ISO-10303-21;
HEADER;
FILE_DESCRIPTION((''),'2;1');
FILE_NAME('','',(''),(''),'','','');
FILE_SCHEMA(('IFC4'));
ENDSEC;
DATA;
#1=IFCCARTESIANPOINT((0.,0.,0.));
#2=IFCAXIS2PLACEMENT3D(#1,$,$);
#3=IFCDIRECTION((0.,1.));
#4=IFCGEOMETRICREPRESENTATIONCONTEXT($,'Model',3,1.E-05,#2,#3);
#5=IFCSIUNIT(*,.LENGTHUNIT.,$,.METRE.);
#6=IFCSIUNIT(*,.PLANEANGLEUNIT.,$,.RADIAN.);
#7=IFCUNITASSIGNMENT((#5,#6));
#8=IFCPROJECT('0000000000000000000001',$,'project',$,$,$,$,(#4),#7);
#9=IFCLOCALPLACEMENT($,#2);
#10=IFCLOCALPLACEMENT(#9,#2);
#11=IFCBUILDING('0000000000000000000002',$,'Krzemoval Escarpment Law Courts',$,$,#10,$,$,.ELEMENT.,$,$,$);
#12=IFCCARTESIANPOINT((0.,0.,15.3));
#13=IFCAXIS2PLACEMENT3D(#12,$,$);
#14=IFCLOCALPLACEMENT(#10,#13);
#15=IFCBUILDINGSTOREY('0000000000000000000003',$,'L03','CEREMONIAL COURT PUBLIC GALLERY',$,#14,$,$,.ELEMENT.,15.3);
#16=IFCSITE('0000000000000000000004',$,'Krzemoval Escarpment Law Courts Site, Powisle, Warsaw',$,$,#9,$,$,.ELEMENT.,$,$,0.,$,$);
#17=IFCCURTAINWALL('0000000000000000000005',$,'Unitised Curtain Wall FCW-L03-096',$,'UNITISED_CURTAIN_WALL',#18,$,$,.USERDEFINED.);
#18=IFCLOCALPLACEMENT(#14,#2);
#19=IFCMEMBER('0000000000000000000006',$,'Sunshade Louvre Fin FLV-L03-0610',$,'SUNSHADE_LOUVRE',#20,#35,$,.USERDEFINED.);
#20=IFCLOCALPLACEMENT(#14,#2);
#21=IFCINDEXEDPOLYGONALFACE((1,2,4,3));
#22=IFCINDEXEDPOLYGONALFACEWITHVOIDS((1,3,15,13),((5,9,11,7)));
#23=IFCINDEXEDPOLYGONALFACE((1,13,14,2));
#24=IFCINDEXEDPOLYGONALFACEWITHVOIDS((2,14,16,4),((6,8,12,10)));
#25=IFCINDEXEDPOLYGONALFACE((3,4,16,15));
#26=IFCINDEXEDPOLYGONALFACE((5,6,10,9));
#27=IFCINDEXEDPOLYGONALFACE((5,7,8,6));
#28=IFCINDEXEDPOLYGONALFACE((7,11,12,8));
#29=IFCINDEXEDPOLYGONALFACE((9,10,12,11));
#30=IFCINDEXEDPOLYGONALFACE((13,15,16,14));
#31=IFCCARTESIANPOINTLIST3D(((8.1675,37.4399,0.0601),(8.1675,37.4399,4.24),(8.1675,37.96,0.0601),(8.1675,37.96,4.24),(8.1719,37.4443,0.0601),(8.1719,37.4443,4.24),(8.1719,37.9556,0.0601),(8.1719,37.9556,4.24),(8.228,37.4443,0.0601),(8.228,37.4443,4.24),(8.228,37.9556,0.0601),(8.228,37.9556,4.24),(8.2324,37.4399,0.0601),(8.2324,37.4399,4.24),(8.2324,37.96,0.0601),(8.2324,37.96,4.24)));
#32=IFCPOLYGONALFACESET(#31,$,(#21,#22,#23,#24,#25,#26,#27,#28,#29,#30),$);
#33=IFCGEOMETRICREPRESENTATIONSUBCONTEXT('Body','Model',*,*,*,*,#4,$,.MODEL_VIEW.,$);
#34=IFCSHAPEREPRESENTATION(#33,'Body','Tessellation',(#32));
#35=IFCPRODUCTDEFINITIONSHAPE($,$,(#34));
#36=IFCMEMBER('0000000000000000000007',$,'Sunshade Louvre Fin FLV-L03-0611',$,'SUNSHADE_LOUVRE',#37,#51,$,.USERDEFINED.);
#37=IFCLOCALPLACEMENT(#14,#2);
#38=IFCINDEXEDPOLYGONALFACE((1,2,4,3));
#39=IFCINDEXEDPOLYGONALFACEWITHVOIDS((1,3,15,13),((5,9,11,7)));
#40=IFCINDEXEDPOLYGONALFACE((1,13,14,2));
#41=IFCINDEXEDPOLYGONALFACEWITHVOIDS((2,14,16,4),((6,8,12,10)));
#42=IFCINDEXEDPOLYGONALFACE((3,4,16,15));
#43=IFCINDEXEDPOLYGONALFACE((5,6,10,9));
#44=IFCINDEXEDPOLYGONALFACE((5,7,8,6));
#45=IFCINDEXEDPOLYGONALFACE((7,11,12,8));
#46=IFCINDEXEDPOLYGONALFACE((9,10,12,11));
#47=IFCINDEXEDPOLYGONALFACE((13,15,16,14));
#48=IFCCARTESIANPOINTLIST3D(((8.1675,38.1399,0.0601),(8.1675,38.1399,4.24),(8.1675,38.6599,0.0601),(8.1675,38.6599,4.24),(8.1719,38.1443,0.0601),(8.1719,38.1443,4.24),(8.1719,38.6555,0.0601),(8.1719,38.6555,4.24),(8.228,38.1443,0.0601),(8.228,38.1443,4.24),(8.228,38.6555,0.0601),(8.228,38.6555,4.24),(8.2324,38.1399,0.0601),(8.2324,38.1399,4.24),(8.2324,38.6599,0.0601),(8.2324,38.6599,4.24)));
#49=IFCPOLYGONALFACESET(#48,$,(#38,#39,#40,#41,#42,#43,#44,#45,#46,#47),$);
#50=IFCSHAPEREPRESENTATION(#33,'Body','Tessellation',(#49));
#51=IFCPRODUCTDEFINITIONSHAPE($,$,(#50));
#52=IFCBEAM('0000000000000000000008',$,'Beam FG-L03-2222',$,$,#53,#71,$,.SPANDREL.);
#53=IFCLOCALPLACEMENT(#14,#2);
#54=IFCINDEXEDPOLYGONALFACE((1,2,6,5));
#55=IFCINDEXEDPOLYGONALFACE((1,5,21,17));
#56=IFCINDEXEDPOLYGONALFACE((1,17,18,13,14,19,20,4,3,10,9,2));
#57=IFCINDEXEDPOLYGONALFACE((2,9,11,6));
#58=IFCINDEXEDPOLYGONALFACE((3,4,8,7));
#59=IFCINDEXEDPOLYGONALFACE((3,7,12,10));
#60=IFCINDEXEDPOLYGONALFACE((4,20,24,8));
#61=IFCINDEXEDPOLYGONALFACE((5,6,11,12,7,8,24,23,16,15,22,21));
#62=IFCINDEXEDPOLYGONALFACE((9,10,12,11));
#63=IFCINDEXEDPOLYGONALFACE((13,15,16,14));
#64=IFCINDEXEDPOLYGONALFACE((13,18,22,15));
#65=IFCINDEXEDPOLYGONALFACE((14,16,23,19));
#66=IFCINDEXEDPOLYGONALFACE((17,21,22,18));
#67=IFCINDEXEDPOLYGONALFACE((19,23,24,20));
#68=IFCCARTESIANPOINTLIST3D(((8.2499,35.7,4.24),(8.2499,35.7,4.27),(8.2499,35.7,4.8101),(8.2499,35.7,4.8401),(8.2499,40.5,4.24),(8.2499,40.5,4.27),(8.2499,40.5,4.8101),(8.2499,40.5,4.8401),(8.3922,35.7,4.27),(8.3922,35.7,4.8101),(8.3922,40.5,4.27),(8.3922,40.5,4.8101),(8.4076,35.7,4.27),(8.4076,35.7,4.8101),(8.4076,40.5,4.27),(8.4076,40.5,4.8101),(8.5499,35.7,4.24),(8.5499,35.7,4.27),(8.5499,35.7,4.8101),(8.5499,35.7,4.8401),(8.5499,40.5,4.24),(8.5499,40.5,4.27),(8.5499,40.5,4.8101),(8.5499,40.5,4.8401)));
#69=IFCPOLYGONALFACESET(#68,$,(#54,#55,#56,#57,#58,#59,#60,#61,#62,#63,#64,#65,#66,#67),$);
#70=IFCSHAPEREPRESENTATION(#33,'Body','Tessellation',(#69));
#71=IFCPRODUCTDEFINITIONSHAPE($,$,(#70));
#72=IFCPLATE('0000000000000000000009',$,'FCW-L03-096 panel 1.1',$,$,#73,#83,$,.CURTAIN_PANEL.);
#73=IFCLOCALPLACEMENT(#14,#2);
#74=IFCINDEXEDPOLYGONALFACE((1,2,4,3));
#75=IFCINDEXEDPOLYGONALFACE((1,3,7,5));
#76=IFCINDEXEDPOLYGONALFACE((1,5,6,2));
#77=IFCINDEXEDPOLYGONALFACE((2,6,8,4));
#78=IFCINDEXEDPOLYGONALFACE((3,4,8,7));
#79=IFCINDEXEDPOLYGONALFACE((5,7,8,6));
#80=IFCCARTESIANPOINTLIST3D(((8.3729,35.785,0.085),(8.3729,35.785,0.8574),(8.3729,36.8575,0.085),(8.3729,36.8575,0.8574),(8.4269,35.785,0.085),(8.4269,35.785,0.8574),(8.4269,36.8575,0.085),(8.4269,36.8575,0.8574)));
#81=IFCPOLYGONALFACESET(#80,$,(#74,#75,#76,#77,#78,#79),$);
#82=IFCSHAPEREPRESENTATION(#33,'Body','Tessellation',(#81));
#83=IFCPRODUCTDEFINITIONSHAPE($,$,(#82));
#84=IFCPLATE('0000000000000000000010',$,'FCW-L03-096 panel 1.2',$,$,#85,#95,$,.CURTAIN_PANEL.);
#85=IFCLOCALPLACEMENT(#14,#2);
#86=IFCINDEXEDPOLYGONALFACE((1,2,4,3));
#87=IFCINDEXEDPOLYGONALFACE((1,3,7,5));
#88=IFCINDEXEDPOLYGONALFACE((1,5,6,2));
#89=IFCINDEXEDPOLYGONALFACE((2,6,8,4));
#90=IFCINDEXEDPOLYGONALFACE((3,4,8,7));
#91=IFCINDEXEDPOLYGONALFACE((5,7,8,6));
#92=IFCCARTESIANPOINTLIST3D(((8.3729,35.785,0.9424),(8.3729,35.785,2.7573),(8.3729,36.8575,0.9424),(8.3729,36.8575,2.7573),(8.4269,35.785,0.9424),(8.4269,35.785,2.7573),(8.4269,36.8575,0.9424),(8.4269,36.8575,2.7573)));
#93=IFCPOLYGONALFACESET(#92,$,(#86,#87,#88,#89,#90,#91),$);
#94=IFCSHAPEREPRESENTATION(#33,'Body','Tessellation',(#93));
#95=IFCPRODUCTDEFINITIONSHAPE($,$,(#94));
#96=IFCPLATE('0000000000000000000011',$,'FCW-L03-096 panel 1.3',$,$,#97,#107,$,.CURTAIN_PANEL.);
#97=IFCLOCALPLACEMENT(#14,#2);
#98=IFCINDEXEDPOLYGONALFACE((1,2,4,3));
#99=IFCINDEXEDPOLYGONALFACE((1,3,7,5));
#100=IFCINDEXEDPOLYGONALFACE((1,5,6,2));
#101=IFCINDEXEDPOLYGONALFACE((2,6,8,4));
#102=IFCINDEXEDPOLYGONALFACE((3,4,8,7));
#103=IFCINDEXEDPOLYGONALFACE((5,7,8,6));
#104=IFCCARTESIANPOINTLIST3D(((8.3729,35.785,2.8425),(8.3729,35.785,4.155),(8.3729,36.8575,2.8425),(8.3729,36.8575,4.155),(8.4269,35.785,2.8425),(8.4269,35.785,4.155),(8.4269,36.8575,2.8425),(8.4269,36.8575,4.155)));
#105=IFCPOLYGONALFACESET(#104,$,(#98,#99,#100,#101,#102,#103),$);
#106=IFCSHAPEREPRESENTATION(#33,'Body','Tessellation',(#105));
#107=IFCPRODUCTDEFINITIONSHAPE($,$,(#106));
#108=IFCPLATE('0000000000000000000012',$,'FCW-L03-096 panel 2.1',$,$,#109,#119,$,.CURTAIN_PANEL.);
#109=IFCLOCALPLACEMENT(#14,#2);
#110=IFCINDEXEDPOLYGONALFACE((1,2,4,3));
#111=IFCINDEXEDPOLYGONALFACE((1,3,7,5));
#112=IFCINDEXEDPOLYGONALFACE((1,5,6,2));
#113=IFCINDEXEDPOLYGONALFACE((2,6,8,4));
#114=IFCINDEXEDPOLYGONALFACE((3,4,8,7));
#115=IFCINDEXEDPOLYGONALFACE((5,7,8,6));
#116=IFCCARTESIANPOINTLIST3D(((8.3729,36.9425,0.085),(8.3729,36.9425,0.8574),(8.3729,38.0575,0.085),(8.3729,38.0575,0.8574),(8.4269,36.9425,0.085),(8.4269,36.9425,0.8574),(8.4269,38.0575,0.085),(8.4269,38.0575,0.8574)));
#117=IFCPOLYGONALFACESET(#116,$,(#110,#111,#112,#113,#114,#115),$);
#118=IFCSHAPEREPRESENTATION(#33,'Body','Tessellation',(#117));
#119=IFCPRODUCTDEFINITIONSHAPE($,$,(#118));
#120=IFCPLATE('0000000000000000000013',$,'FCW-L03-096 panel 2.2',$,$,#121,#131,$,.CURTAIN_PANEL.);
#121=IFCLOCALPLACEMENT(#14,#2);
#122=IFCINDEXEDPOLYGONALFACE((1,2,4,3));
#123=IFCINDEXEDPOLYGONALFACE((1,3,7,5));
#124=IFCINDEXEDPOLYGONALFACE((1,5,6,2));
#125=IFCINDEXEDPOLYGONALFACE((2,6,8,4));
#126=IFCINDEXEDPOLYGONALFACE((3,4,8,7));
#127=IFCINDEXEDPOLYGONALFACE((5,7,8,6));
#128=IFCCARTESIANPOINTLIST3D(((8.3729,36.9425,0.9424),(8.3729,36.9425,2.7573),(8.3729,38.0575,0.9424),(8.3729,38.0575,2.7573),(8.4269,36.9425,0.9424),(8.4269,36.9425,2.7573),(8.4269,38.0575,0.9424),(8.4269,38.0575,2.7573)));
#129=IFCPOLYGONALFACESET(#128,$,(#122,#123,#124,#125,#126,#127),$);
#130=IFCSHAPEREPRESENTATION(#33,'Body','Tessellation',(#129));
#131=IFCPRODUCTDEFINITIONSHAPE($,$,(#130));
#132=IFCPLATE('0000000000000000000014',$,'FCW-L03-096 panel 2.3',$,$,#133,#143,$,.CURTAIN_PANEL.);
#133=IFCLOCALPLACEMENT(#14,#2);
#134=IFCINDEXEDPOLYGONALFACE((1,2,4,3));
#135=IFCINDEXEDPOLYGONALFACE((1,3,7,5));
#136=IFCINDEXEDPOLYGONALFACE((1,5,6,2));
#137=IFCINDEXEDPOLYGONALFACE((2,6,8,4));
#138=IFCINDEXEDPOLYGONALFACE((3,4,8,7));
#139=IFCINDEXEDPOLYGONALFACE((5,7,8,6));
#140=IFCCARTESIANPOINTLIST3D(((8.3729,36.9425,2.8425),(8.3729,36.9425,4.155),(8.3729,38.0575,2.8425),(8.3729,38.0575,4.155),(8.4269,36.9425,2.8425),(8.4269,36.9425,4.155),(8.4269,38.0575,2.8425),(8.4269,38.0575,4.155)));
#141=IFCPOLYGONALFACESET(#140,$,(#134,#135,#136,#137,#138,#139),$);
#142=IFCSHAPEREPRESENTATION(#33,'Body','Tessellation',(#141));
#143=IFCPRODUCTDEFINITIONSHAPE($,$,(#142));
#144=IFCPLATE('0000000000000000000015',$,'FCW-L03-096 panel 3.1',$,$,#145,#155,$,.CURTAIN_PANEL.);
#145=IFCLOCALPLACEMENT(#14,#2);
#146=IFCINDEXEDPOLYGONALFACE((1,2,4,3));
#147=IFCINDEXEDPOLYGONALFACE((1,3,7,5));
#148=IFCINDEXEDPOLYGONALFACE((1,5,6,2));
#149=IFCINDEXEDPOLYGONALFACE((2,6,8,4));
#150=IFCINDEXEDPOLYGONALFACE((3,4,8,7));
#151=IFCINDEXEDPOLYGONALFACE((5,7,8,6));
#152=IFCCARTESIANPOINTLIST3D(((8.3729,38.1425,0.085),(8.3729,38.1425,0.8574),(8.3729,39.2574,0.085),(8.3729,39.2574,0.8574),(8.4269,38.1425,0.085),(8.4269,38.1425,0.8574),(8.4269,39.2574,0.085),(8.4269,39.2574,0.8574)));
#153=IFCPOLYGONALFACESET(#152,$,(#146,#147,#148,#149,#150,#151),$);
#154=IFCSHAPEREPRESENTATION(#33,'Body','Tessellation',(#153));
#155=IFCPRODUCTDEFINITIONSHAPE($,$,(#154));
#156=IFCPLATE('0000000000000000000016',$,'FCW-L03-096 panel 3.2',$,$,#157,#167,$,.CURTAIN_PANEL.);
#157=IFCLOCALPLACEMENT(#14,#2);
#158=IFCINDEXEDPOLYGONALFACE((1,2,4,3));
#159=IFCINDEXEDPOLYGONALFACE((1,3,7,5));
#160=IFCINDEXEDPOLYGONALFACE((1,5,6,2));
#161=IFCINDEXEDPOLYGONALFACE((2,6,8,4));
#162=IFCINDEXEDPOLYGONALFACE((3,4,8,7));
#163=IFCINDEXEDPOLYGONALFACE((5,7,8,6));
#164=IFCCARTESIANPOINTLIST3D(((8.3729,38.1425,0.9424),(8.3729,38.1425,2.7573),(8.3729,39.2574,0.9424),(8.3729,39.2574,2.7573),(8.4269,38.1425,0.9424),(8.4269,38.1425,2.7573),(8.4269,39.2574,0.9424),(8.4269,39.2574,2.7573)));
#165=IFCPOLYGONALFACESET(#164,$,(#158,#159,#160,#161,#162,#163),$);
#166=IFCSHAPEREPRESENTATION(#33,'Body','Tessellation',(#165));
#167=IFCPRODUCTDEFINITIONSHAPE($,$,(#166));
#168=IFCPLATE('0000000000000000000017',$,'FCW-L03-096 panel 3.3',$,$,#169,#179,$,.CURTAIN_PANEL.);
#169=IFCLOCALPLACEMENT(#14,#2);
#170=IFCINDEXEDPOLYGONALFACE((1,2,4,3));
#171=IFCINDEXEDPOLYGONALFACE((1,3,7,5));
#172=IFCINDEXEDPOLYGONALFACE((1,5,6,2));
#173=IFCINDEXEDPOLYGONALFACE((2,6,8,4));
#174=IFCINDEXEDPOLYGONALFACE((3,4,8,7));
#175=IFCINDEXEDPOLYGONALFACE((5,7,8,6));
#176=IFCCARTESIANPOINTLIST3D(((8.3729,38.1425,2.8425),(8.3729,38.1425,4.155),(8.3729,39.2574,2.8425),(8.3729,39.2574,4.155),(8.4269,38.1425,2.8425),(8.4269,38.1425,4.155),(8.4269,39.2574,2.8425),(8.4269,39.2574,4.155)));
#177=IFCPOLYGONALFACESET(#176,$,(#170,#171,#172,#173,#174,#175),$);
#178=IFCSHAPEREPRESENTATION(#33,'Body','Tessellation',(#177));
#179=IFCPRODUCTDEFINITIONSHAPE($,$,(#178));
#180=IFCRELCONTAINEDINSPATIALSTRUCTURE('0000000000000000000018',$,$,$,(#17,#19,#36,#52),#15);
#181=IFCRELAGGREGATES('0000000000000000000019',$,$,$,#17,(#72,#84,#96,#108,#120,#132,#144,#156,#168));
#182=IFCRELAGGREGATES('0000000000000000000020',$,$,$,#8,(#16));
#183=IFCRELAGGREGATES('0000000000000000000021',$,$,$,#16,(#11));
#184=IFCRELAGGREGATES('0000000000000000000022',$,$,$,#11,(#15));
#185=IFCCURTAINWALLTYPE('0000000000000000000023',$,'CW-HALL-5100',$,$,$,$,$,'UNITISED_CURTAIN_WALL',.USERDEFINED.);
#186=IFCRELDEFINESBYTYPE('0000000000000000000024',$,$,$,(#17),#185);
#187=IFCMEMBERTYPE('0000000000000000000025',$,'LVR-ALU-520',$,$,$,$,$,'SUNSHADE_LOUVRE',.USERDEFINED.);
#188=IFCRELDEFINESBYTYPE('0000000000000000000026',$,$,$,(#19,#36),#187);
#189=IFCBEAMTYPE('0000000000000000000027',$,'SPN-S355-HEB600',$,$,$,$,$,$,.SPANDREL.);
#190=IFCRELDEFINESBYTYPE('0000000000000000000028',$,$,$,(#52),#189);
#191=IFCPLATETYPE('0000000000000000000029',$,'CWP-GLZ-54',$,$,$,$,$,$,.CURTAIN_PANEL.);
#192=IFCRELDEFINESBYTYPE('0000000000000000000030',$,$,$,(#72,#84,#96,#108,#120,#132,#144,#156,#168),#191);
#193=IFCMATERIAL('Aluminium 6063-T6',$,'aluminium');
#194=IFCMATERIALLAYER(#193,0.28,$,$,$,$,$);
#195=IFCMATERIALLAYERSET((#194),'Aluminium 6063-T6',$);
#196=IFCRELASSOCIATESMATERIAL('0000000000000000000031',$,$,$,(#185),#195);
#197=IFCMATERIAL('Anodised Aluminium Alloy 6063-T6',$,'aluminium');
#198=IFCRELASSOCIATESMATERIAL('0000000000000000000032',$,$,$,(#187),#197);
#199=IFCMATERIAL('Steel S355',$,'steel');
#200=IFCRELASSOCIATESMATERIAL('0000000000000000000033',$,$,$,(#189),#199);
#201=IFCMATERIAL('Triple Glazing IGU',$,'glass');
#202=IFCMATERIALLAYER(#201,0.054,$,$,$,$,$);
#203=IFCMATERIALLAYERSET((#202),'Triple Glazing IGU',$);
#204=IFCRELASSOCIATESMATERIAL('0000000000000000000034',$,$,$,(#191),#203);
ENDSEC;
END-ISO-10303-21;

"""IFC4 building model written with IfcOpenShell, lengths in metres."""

from ifc_helpers import new_model, si_unit, direction, frame, origin, origin_2d, place, context, subcontext, project, spatial, rectangle, hollow_rectangle, i_section, extrude, material, layer, layer_set, material_profile, profile_set, type_object, element, aggregate, save


model = new_model("IFC4")

# Units and contexts
model_context = context("Model", 3, precision=1e-05, world=origin(), true_north=direction((0.0, 1.0)))
body_context = subcontext(model_context, "Body", "Model", "MODEL_VIEW")
ifc_project = project(units=[si_unit("LENGTHUNIT", "METRE"), si_unit("PLANEANGLEUNIT", "RADIAN")], contexts=[model_context])

# Site, building, storey
site_placement = place(None, origin())
site = spatial("IfcSite", under=ifc_project, at=site_placement, Name="Krzemoval Escarpment Law Courts Site, Powisle, Warsaw", CompositionType="ELEMENT", RefElevation=0.0)
building_placement = place(site_placement, origin())
building = spatial("IfcBuilding", under=site, at=building_placement, Name="Krzemoval Escarpment Law Courts", CompositionType="ELEMENT")
storey_placement = place(building_placement, frame((0.0, 0.0, 15.3)))
storey = spatial("IfcBuildingStorey", under=building, at=storey_placement, Name="L03", Description="CEREMONIAL COURT PUBLIC GALLERY", CompositionType="ELEMENT", Elevation=15.3)

# Curtain wall
ifc_material_1 = material(Name="Aluminium 6063-T6", Category="aluminium")
ifc_layer_1 = layer(ifc_material_1, 0.28)
ifc_layer_set_1 = layer_set([ifc_layer_1], Name="Aluminium 6063-T6")
curtain_wall_type = type_object("IfcCurtainWallType", Name="CW-HALL-5100", ElementType="UNITISED_CURTAIN_WALL", PredefinedType="USERDEFINED", material=ifc_layer_set_1)
curtain_wall_placement = place(storey_placement, origin())
curtain_wall = element("IfcCurtainWall", 1, at=curtain_wall_placement, inside=storey, type_object=curtain_wall_type, Name="Unitised Curtain Wall FCW-L03-096", ObjectType="UNITISED_CURTAIN_WALL", PredefinedType="USERDEFINED")

# Members
ifc_material_2 = material(Name="Anodised Aluminium Alloy 6063-T6", Category="aluminium")
ifc_material_profile_1 = material_profile(ifc_material_2, hollow_rectangle(XDim=0.0649, YDim=0.52, WallThickness=0.0044, at=origin_2d()), Name="ALU LVR 65x520")
ifc_profile_set_1 = profile_set([ifc_material_profile_1], Name="Anodised Aluminium Alloy 6063-T6")
member_type_1 = type_object("IfcMemberType", Name="LVR-ALU-520", ElementType="SUNSHADE_LOUVRE", PredefinedType="USERDEFINED", material=ifc_profile_set_1)
for number, where, z_axis, x_axis, name in (
    (2, (8.2, 37.7, 0.0601), (0.0, 0.0, 1.0), (1.0, 0.0, 0.0), "Sunshade Louvre Fin FLV-L03-0610"),
    (3, (8.2, 38.3999, 0.0601), (0.0, 0.0, 1.0), (1.0, 0.0, 0.0), "Sunshade Louvre Fin FLV-L03-0611"),
):
    element("IfcMember", number, at=place(storey_placement, frame(where, z_axis=z_axis, x_axis=x_axis)), inside=storey, type_object=member_type_1, Name=name, ObjectType="SUNSHADE_LOUVRE", PredefinedType="USERDEFINED", context=body_context, shape_type="SweptSolid", body=[
        extrude(hollow_rectangle(XDim=0.0649, YDim=0.52, WallThickness=0.0044, at=origin_2d()), origin(), (0.0, 0.0, 1.0), 4.1799),
    ])

# Beam
ifc_material_3 = material(Name="Steel S355", Category="steel")
ifc_material_profile_2 = material_profile(ifc_material_3, i_section(OverallWidth=0.3, OverallDepth=0.6001, WebThickness=0.0154, FlangeThickness=0.03, at=origin_2d()), Name="HEB 600")
ifc_profile_set_2 = profile_set([ifc_material_profile_2], Name="Steel S355")
beam_type_1 = type_object("IfcBeamType", Name="SPN-S355-HEB600", PredefinedType="SPANDREL", material=ifc_profile_set_2)
beam_1_placement = place(storey_placement, frame((8.3999, 35.7, 4.54), z_axis=(0.0, 1.0, 0.0), x_axis=(-1.0, 0.0, 0.0)))
element("IfcBeam", 4, at=beam_1_placement, inside=storey, type_object=beam_type_1, Name="Beam FG-L03-2222", PredefinedType="SPANDREL", context=body_context, shape_type="SweptSolid", body=[
    extrude(i_section(OverallWidth=0.3, OverallDepth=0.6001, WebThickness=0.0154, FlangeThickness=0.03, at=origin_2d()), origin(), (0.0, 0.0, 1.0), 4.8),
])

# Plates
ifc_material_4 = material(Name="Triple Glazing IGU", Category="glass")
ifc_layer_2 = layer(ifc_material_4, 0.054)
ifc_layer_set_2 = layer_set([ifc_layer_2], Name="Triple Glazing IGU")
plate_type = type_object("IfcPlateType", Name="CWP-GLZ-54", PredefinedType="CURTAIN_PANEL", material=ifc_layer_set_2)
plate_1_placement = place(storey_placement, frame((8.3999, 36.3213, 0.085), z_axis=(0.0, 0.0, 1.0), x_axis=(0.0, 1.0, 0.0)))
plate_1 = element("IfcPlate", 5, at=plate_1_placement, type_object=plate_type, Name="FCW-L03-096 panel 1.1", PredefinedType="CURTAIN_PANEL", context=body_context, shape_type="SweptSolid", body=[
    extrude(rectangle(XDim=1.0725, YDim=0.054, at=origin_2d()), origin(), (0.0, 0.0, 1.0), 0.7725),
])
plate_2_placement = place(storey_placement, frame((8.3999, 36.3213, 0.9424), z_axis=(0.0, 0.0, 1.0), x_axis=(0.0, 1.0, 0.0)))
plate_2 = element("IfcPlate", 6, at=plate_2_placement, type_object=plate_type, Name="FCW-L03-096 panel 1.2", PredefinedType="CURTAIN_PANEL", context=body_context, shape_type="SweptSolid", body=[
    extrude(rectangle(XDim=1.0725, YDim=0.054, at=origin_2d()), origin(), (0.0, 0.0, 1.0), 1.8149),
])
plate_3_placement = place(storey_placement, frame((8.3999, 36.3213, 2.8425), z_axis=(0.0, 0.0, 1.0), x_axis=(0.0, 1.0, 0.0)))
plate_3 = element("IfcPlate", 7, at=plate_3_placement, type_object=plate_type, Name="FCW-L03-096 panel 1.3", PredefinedType="CURTAIN_PANEL", context=body_context, shape_type="SweptSolid", body=[
    extrude(rectangle(XDim=1.0725, YDim=0.054, at=origin_2d()), origin(), (0.0, 0.0, 1.0), 1.3125),
])
plate_4_placement = place(storey_placement, frame((8.3999, 37.5, 0.085), z_axis=(0.0, 0.0, 1.0), x_axis=(0.0, 1.0, 0.0)))
plate_4 = element("IfcPlate", 8, at=plate_4_placement, type_object=plate_type, Name="FCW-L03-096 panel 2.1", PredefinedType="CURTAIN_PANEL", context=body_context, shape_type="SweptSolid", body=[
    extrude(rectangle(XDim=1.115, YDim=0.054, at=origin_2d()), origin(), (0.0, 0.0, 1.0), 0.7725),
])
plate_5_placement = place(storey_placement, frame((8.3999, 37.5, 0.9424), z_axis=(0.0, 0.0, 1.0), x_axis=(0.0, 1.0, 0.0)))
plate_5 = element("IfcPlate", 9, at=plate_5_placement, type_object=plate_type, Name="FCW-L03-096 panel 2.2", PredefinedType="CURTAIN_PANEL", context=body_context, shape_type="SweptSolid", body=[
    extrude(rectangle(XDim=1.115, YDim=0.054, at=origin_2d()), origin(), (0.0, 0.0, 1.0), 1.8149),
])
plate_6_placement = place(storey_placement, frame((8.3999, 37.5, 2.8425), z_axis=(0.0, 0.0, 1.0), x_axis=(0.0, 1.0, 0.0)))
plate_6 = element("IfcPlate", 10, at=plate_6_placement, type_object=plate_type, Name="FCW-L03-096 panel 2.3", PredefinedType="CURTAIN_PANEL", context=body_context, shape_type="SweptSolid", body=[
    extrude(rectangle(XDim=1.115, YDim=0.054, at=origin_2d()), origin(), (0.0, 0.0, 1.0), 1.3125),
])
plate_7_placement = place(storey_placement, frame((8.3999, 38.7, 0.085), z_axis=(0.0, 0.0, 1.0), x_axis=(0.0, 1.0, 0.0)))
plate_7 = element("IfcPlate", 11, at=plate_7_placement, type_object=plate_type, Name="FCW-L03-096 panel 3.1", PredefinedType="CURTAIN_PANEL", context=body_context, shape_type="SweptSolid", body=[
    extrude(rectangle(XDim=1.115, YDim=0.054, at=origin_2d()), origin(), (0.0, 0.0, 1.0), 0.7725),
])
plate_8_placement = place(storey_placement, frame((8.3999, 38.7, 0.9424), z_axis=(0.0, 0.0, 1.0), x_axis=(0.0, 1.0, 0.0)))
plate_8 = element("IfcPlate", 12, at=plate_8_placement, type_object=plate_type, Name="FCW-L03-096 panel 3.2", PredefinedType="CURTAIN_PANEL", context=body_context, shape_type="SweptSolid", body=[
    extrude(rectangle(XDim=1.115, YDim=0.054, at=origin_2d()), origin(), (0.0, 0.0, 1.0), 1.8149),
])
plate_9_placement = place(storey_placement, frame((8.3999, 38.7, 2.8425), z_axis=(0.0, 0.0, 1.0), x_axis=(0.0, 1.0, 0.0)))
plate_9 = element("IfcPlate", 13, at=plate_9_placement, type_object=plate_type, Name="FCW-L03-096 panel 3.3", PredefinedType="CURTAIN_PANEL", context=body_context, shape_type="SweptSolid", body=[
    extrude(rectangle(XDim=1.115, YDim=0.054, at=origin_2d()), origin(), (0.0, 0.0, 1.0), 1.3125),
])
aggregate(curtain_wall, [plate_1, plate_2, plate_3, plate_4, plate_5, plate_6, plate_7, plate_8, plate_9])

save(model, "model.ifc")
